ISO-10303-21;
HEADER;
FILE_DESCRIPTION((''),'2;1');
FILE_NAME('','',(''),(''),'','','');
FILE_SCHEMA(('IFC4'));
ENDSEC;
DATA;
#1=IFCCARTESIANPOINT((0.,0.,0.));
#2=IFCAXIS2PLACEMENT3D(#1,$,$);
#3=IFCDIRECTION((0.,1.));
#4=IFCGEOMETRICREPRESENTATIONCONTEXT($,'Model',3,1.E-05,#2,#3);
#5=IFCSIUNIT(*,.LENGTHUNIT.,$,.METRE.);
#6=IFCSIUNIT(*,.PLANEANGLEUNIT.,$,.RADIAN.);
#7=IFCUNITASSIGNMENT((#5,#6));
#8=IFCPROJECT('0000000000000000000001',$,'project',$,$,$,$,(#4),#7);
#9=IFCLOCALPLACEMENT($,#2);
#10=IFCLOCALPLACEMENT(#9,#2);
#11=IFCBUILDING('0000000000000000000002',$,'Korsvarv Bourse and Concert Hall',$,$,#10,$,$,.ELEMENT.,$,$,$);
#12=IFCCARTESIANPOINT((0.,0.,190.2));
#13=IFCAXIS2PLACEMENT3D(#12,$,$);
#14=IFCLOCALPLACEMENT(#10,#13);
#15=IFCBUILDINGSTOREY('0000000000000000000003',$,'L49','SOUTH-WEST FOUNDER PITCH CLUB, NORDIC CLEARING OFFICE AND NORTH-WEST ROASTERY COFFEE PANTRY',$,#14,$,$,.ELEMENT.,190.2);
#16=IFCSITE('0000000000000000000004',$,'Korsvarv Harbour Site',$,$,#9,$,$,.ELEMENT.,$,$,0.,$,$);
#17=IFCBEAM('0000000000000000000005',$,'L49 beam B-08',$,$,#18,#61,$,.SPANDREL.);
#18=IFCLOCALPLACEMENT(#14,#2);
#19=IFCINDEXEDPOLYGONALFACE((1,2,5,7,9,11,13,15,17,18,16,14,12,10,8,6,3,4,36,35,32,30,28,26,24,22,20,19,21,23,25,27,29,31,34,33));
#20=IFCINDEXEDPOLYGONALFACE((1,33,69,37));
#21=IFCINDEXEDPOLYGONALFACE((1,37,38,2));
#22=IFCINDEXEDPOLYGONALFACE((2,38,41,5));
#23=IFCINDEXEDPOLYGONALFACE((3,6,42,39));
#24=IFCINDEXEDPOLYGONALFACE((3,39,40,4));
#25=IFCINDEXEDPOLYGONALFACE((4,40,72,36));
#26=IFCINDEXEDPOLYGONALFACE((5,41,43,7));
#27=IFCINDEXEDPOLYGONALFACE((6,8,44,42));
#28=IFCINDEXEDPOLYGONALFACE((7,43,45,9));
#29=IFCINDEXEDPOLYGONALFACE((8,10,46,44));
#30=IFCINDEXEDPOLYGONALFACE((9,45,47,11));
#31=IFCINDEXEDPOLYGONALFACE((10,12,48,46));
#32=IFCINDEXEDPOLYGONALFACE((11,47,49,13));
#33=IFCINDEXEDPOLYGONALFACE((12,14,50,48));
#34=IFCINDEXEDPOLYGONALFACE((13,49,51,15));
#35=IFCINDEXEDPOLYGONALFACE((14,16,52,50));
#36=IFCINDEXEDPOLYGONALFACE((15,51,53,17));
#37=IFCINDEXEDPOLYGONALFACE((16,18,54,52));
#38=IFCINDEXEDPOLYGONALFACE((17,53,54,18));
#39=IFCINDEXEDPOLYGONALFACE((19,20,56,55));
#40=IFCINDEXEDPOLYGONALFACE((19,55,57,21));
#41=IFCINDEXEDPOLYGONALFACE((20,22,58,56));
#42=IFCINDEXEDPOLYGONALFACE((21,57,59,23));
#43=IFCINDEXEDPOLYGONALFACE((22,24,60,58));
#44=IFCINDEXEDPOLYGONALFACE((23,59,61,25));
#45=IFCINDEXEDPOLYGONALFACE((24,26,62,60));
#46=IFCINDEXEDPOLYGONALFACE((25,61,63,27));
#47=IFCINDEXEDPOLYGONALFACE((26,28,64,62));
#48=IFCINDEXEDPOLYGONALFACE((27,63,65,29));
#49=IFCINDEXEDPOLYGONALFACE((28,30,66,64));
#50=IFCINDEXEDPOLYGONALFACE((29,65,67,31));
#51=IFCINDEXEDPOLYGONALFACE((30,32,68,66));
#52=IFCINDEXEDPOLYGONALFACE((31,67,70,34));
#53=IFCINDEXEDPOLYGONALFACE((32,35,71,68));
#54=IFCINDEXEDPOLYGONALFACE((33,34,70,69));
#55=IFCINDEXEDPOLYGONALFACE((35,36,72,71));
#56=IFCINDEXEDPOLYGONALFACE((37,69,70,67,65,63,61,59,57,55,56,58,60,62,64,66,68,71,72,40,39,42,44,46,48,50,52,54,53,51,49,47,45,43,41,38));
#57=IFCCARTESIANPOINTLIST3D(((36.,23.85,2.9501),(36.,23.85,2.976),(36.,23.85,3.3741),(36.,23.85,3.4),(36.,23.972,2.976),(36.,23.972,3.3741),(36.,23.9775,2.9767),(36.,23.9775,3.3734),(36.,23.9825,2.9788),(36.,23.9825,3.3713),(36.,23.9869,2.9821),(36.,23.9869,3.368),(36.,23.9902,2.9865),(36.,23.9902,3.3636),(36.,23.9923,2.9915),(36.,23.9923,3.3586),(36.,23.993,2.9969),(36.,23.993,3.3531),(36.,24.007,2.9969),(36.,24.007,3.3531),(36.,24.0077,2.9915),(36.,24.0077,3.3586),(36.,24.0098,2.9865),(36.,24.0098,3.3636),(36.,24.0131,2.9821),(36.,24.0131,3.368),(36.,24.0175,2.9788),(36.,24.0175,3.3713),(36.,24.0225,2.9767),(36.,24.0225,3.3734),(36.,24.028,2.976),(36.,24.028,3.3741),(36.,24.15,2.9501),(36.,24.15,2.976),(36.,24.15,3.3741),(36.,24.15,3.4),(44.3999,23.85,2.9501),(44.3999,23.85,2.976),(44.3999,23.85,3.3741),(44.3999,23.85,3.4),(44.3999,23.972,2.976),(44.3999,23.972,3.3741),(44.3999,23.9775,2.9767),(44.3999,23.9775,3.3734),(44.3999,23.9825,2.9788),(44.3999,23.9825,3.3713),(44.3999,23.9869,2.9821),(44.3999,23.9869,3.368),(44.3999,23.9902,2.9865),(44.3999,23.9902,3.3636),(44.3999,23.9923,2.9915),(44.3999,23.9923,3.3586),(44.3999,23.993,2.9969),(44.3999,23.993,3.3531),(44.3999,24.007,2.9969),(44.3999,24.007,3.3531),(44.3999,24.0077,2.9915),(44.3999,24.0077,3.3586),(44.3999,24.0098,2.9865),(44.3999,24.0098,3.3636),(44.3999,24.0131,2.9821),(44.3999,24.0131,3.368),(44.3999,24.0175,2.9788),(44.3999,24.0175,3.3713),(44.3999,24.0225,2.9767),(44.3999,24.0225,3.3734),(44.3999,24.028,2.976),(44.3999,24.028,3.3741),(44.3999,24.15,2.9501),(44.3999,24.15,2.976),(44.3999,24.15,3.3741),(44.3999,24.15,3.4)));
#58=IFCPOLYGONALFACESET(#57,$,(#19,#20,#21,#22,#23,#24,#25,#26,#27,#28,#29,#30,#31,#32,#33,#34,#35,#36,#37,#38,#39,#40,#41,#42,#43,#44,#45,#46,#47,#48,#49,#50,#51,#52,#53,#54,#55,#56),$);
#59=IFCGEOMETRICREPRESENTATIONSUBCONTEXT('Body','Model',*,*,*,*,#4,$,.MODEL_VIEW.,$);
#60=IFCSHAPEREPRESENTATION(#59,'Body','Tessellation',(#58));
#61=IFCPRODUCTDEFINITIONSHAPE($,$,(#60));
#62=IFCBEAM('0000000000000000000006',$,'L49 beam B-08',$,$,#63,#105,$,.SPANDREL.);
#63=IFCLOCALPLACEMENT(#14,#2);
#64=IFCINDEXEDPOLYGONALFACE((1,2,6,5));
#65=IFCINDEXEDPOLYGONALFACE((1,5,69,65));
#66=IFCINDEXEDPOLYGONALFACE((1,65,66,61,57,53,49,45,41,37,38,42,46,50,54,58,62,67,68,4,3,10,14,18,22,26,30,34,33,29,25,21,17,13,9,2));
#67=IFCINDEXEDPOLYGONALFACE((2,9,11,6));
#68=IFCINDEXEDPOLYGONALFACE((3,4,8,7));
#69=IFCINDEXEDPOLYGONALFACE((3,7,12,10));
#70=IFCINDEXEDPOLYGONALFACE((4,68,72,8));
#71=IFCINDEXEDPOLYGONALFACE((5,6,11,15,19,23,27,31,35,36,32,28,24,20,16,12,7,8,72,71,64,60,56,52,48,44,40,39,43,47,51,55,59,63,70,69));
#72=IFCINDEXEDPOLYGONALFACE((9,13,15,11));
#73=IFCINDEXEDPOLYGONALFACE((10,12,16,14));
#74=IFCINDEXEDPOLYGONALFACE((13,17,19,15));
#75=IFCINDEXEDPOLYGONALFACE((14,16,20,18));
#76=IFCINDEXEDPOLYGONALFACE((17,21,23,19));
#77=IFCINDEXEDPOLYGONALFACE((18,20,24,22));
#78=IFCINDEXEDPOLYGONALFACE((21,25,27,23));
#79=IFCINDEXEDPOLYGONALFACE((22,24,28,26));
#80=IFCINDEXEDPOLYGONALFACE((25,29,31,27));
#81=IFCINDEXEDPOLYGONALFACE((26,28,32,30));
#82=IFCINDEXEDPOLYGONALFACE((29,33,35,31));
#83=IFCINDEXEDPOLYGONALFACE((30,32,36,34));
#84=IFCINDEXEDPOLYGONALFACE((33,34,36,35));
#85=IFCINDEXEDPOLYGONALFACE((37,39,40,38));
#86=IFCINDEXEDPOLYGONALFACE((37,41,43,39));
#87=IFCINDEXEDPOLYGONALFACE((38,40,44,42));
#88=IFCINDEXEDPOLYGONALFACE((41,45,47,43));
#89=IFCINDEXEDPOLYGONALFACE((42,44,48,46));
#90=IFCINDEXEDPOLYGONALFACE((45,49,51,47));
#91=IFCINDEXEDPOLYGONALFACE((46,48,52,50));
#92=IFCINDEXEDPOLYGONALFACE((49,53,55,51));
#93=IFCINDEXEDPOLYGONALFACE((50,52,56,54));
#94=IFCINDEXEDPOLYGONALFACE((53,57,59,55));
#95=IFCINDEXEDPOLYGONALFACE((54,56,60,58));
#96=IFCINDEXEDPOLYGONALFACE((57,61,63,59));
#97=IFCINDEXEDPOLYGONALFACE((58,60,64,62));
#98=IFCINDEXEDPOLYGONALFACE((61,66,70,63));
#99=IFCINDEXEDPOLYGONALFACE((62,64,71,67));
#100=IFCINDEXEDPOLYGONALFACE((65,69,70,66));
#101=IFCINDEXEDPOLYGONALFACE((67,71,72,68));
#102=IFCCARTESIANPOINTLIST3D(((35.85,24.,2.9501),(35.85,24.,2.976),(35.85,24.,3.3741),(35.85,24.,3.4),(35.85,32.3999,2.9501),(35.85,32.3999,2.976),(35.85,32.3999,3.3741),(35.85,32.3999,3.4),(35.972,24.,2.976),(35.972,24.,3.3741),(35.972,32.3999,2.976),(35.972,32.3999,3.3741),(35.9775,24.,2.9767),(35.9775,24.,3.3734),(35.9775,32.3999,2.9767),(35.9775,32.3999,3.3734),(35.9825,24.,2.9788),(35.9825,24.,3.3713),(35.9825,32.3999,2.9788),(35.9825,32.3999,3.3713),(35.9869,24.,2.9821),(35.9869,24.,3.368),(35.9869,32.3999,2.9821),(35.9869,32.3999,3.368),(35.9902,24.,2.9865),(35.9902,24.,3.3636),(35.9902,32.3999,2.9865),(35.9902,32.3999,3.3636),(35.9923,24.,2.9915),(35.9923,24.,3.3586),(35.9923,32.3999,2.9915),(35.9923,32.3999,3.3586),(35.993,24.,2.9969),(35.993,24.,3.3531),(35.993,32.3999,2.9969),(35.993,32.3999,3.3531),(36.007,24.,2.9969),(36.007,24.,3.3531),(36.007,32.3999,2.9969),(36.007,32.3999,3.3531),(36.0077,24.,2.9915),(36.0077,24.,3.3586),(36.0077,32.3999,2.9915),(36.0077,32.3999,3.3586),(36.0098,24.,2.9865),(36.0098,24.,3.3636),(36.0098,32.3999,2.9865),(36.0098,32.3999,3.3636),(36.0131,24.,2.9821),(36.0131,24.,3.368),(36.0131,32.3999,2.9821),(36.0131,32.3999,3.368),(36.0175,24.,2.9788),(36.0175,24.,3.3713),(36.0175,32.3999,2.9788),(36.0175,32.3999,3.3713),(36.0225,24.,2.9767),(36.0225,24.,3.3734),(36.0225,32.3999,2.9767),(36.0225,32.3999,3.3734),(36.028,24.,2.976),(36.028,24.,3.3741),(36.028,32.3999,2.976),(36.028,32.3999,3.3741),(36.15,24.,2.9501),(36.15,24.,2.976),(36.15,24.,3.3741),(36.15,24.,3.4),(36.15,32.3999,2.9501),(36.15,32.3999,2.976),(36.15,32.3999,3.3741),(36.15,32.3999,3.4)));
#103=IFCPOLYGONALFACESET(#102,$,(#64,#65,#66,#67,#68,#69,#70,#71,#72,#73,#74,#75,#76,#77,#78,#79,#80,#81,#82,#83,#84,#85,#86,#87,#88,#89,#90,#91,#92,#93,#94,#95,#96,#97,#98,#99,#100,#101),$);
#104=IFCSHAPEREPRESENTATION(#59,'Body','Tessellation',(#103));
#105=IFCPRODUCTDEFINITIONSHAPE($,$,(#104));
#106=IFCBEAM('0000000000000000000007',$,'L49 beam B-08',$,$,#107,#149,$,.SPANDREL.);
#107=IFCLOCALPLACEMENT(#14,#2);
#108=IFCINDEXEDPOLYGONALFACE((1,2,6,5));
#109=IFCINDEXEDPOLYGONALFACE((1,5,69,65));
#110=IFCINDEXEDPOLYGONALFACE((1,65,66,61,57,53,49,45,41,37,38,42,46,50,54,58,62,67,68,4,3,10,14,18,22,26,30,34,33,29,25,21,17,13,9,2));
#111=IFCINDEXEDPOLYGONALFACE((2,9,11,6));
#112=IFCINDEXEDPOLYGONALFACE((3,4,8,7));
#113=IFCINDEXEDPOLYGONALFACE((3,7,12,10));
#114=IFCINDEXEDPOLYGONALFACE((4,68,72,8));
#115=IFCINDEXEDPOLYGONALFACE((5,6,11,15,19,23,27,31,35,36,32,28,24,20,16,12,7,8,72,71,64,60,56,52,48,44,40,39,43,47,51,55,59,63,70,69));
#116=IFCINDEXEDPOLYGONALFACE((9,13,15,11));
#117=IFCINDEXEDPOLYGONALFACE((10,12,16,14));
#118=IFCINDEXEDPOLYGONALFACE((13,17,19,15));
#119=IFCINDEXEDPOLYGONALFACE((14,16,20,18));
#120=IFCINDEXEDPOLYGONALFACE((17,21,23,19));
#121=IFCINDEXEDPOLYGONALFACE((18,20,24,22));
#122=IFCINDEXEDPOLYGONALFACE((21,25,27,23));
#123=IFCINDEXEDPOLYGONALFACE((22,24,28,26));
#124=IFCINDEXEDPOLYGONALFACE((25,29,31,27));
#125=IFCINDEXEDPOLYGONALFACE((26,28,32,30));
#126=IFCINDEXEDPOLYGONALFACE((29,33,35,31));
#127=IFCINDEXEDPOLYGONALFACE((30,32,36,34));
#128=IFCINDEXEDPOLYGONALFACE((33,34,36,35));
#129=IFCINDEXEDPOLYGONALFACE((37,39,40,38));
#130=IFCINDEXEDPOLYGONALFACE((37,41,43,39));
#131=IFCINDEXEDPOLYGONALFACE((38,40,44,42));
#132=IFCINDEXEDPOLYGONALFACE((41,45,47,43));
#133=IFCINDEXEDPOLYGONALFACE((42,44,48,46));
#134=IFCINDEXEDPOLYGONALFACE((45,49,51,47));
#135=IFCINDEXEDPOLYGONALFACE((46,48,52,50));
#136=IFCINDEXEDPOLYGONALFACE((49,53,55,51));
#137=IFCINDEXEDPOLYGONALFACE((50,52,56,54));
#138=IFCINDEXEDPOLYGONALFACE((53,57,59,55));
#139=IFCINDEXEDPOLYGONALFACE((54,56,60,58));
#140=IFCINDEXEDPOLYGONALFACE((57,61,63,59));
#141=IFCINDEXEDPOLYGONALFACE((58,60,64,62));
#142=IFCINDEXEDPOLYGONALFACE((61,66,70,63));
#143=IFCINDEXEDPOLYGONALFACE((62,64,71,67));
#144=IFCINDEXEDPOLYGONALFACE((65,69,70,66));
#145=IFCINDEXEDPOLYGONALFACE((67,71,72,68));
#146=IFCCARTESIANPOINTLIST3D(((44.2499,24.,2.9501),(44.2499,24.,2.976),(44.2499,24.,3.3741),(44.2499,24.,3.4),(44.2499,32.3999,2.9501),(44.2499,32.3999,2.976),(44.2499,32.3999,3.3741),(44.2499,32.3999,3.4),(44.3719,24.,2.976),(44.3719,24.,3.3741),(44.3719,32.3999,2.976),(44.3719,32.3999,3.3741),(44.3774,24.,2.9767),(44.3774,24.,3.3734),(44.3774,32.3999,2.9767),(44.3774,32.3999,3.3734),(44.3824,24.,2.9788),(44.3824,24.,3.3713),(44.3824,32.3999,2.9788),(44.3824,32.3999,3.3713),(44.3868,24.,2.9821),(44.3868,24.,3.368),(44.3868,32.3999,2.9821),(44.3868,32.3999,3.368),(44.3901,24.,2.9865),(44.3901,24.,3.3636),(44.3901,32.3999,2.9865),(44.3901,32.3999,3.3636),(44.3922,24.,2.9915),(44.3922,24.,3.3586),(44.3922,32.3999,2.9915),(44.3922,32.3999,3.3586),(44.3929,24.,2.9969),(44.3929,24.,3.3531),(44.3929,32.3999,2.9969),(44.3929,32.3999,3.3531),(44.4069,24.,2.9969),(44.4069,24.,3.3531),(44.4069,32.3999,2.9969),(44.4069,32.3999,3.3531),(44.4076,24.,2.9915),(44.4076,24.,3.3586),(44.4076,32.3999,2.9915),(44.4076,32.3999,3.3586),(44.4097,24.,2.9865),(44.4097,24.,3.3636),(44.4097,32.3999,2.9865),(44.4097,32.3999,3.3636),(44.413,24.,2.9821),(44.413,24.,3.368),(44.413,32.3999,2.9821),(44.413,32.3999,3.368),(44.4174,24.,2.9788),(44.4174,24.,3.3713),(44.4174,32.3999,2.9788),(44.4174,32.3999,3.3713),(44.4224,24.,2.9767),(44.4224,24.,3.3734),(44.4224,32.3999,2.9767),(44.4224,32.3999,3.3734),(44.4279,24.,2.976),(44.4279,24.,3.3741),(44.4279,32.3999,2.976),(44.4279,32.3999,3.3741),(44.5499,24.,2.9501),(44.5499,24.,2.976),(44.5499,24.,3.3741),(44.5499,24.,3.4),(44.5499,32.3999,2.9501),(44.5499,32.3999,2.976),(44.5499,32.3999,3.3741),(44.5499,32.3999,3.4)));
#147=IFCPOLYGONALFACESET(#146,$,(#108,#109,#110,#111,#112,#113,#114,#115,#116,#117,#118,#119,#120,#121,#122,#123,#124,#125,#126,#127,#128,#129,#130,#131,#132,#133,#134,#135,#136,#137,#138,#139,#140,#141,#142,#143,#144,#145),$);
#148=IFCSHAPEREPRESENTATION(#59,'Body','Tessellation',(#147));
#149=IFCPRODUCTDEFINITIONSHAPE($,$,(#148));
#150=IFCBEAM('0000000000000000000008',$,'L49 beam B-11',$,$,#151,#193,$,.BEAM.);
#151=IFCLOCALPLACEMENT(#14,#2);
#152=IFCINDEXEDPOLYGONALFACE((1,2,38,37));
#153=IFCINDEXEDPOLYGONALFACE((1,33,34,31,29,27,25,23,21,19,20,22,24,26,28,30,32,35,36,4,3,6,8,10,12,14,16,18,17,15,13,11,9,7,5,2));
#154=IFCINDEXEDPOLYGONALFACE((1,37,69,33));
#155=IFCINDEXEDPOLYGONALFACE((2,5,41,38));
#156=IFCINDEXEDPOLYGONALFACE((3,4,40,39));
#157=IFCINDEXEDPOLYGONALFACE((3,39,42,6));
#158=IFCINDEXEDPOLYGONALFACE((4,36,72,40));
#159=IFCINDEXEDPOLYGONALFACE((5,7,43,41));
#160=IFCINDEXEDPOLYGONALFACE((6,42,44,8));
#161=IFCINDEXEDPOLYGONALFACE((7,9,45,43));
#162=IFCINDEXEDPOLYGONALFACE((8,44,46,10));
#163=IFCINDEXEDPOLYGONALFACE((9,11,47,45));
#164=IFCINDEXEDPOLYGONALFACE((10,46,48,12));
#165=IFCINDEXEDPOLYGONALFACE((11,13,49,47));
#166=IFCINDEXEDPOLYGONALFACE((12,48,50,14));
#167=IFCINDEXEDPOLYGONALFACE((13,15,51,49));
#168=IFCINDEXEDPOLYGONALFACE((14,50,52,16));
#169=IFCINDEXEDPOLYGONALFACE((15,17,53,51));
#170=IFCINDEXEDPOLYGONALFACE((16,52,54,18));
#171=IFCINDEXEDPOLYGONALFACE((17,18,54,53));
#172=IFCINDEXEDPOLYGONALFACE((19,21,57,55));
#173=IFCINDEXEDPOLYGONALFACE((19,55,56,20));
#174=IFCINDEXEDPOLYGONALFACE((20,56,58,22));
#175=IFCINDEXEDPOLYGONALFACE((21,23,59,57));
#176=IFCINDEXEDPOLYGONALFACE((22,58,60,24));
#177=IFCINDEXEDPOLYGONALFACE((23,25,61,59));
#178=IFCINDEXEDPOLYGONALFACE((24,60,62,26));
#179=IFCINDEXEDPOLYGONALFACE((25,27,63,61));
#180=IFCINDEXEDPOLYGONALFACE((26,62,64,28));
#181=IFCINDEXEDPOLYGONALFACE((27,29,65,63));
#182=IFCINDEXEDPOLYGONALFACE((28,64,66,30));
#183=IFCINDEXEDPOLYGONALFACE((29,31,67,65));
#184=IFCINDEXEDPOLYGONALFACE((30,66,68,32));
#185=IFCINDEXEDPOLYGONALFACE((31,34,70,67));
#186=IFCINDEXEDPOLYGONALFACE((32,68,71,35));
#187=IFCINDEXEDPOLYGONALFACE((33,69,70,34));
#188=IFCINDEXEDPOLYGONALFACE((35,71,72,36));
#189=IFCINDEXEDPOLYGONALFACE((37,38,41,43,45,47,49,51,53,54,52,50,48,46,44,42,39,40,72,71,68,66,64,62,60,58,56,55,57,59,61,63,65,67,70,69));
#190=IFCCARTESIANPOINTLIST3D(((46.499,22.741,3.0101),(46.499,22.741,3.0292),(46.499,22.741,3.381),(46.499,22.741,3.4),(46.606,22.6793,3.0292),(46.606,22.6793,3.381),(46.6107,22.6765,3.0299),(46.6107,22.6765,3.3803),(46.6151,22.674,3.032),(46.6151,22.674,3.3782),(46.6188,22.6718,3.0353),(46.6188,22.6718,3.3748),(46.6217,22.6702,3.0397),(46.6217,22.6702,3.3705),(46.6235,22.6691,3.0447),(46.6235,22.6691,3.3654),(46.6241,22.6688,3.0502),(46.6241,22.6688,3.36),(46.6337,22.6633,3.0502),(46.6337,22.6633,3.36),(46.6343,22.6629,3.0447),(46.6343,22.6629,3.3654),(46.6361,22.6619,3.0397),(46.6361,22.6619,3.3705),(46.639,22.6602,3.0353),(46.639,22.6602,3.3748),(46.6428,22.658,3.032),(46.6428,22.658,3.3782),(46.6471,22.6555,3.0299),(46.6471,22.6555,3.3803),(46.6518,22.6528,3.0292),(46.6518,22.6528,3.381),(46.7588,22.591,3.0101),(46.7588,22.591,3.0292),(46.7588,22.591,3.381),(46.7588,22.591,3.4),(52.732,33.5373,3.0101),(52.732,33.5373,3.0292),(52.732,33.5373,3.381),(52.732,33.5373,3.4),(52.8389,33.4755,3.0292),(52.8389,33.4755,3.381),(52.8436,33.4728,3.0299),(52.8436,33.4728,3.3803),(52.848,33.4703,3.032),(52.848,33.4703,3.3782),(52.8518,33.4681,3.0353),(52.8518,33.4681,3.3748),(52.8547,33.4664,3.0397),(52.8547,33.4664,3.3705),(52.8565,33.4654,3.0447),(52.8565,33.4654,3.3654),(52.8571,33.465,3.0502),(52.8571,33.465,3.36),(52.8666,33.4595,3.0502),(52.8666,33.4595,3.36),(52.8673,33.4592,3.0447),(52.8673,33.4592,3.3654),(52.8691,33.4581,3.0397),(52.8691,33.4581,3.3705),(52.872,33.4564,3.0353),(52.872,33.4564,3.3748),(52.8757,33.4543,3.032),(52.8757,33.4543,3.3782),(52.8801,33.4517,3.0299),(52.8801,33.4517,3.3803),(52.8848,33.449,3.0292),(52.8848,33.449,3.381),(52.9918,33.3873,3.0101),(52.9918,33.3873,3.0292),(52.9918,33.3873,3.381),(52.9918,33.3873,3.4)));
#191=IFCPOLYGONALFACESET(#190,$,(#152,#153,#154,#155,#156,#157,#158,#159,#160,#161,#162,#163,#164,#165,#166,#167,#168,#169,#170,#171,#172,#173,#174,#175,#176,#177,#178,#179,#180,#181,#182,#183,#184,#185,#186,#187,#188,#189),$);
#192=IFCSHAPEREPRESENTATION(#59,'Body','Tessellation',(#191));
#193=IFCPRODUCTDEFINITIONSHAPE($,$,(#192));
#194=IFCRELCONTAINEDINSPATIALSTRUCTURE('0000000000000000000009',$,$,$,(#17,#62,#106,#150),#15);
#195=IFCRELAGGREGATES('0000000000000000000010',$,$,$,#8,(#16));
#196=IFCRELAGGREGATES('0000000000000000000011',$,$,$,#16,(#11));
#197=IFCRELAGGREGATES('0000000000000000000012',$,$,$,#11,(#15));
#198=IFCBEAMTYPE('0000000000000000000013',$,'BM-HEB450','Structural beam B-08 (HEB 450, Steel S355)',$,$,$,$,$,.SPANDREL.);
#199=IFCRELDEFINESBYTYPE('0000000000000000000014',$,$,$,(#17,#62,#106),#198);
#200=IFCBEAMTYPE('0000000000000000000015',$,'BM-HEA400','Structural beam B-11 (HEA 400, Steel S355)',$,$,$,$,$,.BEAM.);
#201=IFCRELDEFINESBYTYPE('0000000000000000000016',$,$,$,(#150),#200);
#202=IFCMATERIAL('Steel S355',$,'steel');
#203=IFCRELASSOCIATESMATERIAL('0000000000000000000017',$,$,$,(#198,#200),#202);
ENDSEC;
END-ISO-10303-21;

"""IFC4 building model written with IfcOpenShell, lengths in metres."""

from ifc_helpers import new_model, si_unit, direction, frame, origin, origin_2d, place, context, subcontext, project, spatial, i_section, extrude, source, transform, mapped, material, material_profile, profile_set, type_object, element, save


model = new_model("IFC4")

# Units and contexts
model_context = context("Model", 3, precision=1e-05, world=origin(), true_north=direction((0.0, 1.0)))
body_context = subcontext(model_context, "Body", "Model", "MODEL_VIEW")
ifc_project = project(units=[si_unit("LENGTHUNIT", "METRE"), si_unit("PLANEANGLEUNIT", "RADIAN")], contexts=[model_context])

# Site, building, storey
site_placement = place(None, origin())
site = spatial("IfcSite", under=ifc_project, at=site_placement, Name="Korsvarv Harbour Site", CompositionType="ELEMENT", RefElevation=0.0)
building_placement = place(site_placement, origin())
building = spatial("IfcBuilding", under=site, at=building_placement, Name="Korsvarv Bourse and Concert Hall", CompositionType="ELEMENT")
storey_placement = place(building_placement, frame((0.0, 0.0, 190.2)))
storey = spatial("IfcBuildingStorey", under=building, at=storey_placement, Name="L49", Description="SOUTH-WEST FOUNDER PITCH CLUB, NORDIC CLEARING OFFICE AND NORTH-WEST ROASTERY COFFEE PANTRY", CompositionType="ELEMENT", Elevation=190.2)

# Shared definitions
ifc_material_1 = material(Name="Steel S355", Category="steel")

# Beams
ifc_material_profile_1 = material_profile(ifc_material_1, i_section(OverallWidth=0.3, OverallDepth=0.45, WebThickness=0.0139, FlangeThickness=0.0259, FilletRadius=0.021, at=origin_2d()), Name="HEB 450")
ifc_profile_set_1 = profile_set([ifc_material_profile_1], Name="Steel S355")
beam_type_1 = type_object("IfcBeamType", Name="BM-HEB450", Description="Structural beam B-08 (HEB 450, Steel S355)", PredefinedType="SPANDREL", material=ifc_profile_set_1)
shared_shape_1 = source(origin(), body_context, "Body", "SweptSolid", [
    extrude(i_section(OverallWidth=0.3, OverallDepth=0.45, WebThickness=0.0139, FlangeThickness=0.0259, FilletRadius=0.021, at=origin_2d()), origin(), (0.0, 0.0, 1.0), 8.3999),
])
for number, where, z_axis, x_axis, name in (
    (1, (36.0, 24.0, 3.175), (1.0, 0.0, 0.0), (0.0, 1.0, 0.0), "L49 beam B-08"),
    (2, (36.0, 24.0, 3.175), (0.0, 1.0, 0.0), (-1.0, 0.0, 0.0), "L49 beam B-08"),
    (3, (44.3999, 24.0, 3.175), (0.0, 1.0, 0.0), (-1.0, 0.0, 0.0), "L49 beam B-08"),
):
    element("IfcBeam", number, at=place(storey_placement, frame(where, z_axis=z_axis, x_axis=x_axis)), inside=storey, type_object=beam_type_1, Name=name, PredefinedType="SPANDREL", context=body_context, shape_type="MappedRepresentation", body=[
        mapped(shared_shape_1, transform((0.0, 0.0, 0.0), scale=1.0)),
    ])
ifc_material_profile_2 = material_profile(ifc_material_1, i_section(OverallWidth=0.3, OverallDepth=0.3899, WebThickness=0.011, FlangeThickness=0.019, FilletRadius=0.021, at=origin_2d()), Name="HEA 400")
ifc_profile_set_2 = profile_set([ifc_material_profile_2], Name="Steel S355")
beam_type_2 = type_object("IfcBeamType", Name="BM-HEA400", Description="Structural beam B-11 (HEA 400, Steel S355)", PredefinedType="BEAM", material=ifc_profile_set_2)
shared_shape_2 = source(origin(), body_context, "Body", "SweptSolid", [
    extrude(i_section(OverallWidth=0.3, OverallDepth=0.3899, WebThickness=0.011, FlangeThickness=0.019, FilletRadius=0.021, at=origin_2d()), origin(), (0.0, 0.0, 1.0), 12.4663),
])
beam_1_placement = place(storey_placement, frame((46.6289, 22.666, 3.2051), z_axis=(0.499985, 0.866034, 0.0), x_axis=(-0.866034, 0.499985, 0.0)))
element("IfcBeam", 4, at=beam_1_placement, inside=storey, type_object=beam_type_2, Name="L49 beam B-11", PredefinedType="BEAM", context=body_context, shape_type="MappedRepresentation", body=[
    mapped(shared_shape_2, transform((0.0, 0.0, 0.0), scale=1.0)),
])

save(model, "model.ifc")
